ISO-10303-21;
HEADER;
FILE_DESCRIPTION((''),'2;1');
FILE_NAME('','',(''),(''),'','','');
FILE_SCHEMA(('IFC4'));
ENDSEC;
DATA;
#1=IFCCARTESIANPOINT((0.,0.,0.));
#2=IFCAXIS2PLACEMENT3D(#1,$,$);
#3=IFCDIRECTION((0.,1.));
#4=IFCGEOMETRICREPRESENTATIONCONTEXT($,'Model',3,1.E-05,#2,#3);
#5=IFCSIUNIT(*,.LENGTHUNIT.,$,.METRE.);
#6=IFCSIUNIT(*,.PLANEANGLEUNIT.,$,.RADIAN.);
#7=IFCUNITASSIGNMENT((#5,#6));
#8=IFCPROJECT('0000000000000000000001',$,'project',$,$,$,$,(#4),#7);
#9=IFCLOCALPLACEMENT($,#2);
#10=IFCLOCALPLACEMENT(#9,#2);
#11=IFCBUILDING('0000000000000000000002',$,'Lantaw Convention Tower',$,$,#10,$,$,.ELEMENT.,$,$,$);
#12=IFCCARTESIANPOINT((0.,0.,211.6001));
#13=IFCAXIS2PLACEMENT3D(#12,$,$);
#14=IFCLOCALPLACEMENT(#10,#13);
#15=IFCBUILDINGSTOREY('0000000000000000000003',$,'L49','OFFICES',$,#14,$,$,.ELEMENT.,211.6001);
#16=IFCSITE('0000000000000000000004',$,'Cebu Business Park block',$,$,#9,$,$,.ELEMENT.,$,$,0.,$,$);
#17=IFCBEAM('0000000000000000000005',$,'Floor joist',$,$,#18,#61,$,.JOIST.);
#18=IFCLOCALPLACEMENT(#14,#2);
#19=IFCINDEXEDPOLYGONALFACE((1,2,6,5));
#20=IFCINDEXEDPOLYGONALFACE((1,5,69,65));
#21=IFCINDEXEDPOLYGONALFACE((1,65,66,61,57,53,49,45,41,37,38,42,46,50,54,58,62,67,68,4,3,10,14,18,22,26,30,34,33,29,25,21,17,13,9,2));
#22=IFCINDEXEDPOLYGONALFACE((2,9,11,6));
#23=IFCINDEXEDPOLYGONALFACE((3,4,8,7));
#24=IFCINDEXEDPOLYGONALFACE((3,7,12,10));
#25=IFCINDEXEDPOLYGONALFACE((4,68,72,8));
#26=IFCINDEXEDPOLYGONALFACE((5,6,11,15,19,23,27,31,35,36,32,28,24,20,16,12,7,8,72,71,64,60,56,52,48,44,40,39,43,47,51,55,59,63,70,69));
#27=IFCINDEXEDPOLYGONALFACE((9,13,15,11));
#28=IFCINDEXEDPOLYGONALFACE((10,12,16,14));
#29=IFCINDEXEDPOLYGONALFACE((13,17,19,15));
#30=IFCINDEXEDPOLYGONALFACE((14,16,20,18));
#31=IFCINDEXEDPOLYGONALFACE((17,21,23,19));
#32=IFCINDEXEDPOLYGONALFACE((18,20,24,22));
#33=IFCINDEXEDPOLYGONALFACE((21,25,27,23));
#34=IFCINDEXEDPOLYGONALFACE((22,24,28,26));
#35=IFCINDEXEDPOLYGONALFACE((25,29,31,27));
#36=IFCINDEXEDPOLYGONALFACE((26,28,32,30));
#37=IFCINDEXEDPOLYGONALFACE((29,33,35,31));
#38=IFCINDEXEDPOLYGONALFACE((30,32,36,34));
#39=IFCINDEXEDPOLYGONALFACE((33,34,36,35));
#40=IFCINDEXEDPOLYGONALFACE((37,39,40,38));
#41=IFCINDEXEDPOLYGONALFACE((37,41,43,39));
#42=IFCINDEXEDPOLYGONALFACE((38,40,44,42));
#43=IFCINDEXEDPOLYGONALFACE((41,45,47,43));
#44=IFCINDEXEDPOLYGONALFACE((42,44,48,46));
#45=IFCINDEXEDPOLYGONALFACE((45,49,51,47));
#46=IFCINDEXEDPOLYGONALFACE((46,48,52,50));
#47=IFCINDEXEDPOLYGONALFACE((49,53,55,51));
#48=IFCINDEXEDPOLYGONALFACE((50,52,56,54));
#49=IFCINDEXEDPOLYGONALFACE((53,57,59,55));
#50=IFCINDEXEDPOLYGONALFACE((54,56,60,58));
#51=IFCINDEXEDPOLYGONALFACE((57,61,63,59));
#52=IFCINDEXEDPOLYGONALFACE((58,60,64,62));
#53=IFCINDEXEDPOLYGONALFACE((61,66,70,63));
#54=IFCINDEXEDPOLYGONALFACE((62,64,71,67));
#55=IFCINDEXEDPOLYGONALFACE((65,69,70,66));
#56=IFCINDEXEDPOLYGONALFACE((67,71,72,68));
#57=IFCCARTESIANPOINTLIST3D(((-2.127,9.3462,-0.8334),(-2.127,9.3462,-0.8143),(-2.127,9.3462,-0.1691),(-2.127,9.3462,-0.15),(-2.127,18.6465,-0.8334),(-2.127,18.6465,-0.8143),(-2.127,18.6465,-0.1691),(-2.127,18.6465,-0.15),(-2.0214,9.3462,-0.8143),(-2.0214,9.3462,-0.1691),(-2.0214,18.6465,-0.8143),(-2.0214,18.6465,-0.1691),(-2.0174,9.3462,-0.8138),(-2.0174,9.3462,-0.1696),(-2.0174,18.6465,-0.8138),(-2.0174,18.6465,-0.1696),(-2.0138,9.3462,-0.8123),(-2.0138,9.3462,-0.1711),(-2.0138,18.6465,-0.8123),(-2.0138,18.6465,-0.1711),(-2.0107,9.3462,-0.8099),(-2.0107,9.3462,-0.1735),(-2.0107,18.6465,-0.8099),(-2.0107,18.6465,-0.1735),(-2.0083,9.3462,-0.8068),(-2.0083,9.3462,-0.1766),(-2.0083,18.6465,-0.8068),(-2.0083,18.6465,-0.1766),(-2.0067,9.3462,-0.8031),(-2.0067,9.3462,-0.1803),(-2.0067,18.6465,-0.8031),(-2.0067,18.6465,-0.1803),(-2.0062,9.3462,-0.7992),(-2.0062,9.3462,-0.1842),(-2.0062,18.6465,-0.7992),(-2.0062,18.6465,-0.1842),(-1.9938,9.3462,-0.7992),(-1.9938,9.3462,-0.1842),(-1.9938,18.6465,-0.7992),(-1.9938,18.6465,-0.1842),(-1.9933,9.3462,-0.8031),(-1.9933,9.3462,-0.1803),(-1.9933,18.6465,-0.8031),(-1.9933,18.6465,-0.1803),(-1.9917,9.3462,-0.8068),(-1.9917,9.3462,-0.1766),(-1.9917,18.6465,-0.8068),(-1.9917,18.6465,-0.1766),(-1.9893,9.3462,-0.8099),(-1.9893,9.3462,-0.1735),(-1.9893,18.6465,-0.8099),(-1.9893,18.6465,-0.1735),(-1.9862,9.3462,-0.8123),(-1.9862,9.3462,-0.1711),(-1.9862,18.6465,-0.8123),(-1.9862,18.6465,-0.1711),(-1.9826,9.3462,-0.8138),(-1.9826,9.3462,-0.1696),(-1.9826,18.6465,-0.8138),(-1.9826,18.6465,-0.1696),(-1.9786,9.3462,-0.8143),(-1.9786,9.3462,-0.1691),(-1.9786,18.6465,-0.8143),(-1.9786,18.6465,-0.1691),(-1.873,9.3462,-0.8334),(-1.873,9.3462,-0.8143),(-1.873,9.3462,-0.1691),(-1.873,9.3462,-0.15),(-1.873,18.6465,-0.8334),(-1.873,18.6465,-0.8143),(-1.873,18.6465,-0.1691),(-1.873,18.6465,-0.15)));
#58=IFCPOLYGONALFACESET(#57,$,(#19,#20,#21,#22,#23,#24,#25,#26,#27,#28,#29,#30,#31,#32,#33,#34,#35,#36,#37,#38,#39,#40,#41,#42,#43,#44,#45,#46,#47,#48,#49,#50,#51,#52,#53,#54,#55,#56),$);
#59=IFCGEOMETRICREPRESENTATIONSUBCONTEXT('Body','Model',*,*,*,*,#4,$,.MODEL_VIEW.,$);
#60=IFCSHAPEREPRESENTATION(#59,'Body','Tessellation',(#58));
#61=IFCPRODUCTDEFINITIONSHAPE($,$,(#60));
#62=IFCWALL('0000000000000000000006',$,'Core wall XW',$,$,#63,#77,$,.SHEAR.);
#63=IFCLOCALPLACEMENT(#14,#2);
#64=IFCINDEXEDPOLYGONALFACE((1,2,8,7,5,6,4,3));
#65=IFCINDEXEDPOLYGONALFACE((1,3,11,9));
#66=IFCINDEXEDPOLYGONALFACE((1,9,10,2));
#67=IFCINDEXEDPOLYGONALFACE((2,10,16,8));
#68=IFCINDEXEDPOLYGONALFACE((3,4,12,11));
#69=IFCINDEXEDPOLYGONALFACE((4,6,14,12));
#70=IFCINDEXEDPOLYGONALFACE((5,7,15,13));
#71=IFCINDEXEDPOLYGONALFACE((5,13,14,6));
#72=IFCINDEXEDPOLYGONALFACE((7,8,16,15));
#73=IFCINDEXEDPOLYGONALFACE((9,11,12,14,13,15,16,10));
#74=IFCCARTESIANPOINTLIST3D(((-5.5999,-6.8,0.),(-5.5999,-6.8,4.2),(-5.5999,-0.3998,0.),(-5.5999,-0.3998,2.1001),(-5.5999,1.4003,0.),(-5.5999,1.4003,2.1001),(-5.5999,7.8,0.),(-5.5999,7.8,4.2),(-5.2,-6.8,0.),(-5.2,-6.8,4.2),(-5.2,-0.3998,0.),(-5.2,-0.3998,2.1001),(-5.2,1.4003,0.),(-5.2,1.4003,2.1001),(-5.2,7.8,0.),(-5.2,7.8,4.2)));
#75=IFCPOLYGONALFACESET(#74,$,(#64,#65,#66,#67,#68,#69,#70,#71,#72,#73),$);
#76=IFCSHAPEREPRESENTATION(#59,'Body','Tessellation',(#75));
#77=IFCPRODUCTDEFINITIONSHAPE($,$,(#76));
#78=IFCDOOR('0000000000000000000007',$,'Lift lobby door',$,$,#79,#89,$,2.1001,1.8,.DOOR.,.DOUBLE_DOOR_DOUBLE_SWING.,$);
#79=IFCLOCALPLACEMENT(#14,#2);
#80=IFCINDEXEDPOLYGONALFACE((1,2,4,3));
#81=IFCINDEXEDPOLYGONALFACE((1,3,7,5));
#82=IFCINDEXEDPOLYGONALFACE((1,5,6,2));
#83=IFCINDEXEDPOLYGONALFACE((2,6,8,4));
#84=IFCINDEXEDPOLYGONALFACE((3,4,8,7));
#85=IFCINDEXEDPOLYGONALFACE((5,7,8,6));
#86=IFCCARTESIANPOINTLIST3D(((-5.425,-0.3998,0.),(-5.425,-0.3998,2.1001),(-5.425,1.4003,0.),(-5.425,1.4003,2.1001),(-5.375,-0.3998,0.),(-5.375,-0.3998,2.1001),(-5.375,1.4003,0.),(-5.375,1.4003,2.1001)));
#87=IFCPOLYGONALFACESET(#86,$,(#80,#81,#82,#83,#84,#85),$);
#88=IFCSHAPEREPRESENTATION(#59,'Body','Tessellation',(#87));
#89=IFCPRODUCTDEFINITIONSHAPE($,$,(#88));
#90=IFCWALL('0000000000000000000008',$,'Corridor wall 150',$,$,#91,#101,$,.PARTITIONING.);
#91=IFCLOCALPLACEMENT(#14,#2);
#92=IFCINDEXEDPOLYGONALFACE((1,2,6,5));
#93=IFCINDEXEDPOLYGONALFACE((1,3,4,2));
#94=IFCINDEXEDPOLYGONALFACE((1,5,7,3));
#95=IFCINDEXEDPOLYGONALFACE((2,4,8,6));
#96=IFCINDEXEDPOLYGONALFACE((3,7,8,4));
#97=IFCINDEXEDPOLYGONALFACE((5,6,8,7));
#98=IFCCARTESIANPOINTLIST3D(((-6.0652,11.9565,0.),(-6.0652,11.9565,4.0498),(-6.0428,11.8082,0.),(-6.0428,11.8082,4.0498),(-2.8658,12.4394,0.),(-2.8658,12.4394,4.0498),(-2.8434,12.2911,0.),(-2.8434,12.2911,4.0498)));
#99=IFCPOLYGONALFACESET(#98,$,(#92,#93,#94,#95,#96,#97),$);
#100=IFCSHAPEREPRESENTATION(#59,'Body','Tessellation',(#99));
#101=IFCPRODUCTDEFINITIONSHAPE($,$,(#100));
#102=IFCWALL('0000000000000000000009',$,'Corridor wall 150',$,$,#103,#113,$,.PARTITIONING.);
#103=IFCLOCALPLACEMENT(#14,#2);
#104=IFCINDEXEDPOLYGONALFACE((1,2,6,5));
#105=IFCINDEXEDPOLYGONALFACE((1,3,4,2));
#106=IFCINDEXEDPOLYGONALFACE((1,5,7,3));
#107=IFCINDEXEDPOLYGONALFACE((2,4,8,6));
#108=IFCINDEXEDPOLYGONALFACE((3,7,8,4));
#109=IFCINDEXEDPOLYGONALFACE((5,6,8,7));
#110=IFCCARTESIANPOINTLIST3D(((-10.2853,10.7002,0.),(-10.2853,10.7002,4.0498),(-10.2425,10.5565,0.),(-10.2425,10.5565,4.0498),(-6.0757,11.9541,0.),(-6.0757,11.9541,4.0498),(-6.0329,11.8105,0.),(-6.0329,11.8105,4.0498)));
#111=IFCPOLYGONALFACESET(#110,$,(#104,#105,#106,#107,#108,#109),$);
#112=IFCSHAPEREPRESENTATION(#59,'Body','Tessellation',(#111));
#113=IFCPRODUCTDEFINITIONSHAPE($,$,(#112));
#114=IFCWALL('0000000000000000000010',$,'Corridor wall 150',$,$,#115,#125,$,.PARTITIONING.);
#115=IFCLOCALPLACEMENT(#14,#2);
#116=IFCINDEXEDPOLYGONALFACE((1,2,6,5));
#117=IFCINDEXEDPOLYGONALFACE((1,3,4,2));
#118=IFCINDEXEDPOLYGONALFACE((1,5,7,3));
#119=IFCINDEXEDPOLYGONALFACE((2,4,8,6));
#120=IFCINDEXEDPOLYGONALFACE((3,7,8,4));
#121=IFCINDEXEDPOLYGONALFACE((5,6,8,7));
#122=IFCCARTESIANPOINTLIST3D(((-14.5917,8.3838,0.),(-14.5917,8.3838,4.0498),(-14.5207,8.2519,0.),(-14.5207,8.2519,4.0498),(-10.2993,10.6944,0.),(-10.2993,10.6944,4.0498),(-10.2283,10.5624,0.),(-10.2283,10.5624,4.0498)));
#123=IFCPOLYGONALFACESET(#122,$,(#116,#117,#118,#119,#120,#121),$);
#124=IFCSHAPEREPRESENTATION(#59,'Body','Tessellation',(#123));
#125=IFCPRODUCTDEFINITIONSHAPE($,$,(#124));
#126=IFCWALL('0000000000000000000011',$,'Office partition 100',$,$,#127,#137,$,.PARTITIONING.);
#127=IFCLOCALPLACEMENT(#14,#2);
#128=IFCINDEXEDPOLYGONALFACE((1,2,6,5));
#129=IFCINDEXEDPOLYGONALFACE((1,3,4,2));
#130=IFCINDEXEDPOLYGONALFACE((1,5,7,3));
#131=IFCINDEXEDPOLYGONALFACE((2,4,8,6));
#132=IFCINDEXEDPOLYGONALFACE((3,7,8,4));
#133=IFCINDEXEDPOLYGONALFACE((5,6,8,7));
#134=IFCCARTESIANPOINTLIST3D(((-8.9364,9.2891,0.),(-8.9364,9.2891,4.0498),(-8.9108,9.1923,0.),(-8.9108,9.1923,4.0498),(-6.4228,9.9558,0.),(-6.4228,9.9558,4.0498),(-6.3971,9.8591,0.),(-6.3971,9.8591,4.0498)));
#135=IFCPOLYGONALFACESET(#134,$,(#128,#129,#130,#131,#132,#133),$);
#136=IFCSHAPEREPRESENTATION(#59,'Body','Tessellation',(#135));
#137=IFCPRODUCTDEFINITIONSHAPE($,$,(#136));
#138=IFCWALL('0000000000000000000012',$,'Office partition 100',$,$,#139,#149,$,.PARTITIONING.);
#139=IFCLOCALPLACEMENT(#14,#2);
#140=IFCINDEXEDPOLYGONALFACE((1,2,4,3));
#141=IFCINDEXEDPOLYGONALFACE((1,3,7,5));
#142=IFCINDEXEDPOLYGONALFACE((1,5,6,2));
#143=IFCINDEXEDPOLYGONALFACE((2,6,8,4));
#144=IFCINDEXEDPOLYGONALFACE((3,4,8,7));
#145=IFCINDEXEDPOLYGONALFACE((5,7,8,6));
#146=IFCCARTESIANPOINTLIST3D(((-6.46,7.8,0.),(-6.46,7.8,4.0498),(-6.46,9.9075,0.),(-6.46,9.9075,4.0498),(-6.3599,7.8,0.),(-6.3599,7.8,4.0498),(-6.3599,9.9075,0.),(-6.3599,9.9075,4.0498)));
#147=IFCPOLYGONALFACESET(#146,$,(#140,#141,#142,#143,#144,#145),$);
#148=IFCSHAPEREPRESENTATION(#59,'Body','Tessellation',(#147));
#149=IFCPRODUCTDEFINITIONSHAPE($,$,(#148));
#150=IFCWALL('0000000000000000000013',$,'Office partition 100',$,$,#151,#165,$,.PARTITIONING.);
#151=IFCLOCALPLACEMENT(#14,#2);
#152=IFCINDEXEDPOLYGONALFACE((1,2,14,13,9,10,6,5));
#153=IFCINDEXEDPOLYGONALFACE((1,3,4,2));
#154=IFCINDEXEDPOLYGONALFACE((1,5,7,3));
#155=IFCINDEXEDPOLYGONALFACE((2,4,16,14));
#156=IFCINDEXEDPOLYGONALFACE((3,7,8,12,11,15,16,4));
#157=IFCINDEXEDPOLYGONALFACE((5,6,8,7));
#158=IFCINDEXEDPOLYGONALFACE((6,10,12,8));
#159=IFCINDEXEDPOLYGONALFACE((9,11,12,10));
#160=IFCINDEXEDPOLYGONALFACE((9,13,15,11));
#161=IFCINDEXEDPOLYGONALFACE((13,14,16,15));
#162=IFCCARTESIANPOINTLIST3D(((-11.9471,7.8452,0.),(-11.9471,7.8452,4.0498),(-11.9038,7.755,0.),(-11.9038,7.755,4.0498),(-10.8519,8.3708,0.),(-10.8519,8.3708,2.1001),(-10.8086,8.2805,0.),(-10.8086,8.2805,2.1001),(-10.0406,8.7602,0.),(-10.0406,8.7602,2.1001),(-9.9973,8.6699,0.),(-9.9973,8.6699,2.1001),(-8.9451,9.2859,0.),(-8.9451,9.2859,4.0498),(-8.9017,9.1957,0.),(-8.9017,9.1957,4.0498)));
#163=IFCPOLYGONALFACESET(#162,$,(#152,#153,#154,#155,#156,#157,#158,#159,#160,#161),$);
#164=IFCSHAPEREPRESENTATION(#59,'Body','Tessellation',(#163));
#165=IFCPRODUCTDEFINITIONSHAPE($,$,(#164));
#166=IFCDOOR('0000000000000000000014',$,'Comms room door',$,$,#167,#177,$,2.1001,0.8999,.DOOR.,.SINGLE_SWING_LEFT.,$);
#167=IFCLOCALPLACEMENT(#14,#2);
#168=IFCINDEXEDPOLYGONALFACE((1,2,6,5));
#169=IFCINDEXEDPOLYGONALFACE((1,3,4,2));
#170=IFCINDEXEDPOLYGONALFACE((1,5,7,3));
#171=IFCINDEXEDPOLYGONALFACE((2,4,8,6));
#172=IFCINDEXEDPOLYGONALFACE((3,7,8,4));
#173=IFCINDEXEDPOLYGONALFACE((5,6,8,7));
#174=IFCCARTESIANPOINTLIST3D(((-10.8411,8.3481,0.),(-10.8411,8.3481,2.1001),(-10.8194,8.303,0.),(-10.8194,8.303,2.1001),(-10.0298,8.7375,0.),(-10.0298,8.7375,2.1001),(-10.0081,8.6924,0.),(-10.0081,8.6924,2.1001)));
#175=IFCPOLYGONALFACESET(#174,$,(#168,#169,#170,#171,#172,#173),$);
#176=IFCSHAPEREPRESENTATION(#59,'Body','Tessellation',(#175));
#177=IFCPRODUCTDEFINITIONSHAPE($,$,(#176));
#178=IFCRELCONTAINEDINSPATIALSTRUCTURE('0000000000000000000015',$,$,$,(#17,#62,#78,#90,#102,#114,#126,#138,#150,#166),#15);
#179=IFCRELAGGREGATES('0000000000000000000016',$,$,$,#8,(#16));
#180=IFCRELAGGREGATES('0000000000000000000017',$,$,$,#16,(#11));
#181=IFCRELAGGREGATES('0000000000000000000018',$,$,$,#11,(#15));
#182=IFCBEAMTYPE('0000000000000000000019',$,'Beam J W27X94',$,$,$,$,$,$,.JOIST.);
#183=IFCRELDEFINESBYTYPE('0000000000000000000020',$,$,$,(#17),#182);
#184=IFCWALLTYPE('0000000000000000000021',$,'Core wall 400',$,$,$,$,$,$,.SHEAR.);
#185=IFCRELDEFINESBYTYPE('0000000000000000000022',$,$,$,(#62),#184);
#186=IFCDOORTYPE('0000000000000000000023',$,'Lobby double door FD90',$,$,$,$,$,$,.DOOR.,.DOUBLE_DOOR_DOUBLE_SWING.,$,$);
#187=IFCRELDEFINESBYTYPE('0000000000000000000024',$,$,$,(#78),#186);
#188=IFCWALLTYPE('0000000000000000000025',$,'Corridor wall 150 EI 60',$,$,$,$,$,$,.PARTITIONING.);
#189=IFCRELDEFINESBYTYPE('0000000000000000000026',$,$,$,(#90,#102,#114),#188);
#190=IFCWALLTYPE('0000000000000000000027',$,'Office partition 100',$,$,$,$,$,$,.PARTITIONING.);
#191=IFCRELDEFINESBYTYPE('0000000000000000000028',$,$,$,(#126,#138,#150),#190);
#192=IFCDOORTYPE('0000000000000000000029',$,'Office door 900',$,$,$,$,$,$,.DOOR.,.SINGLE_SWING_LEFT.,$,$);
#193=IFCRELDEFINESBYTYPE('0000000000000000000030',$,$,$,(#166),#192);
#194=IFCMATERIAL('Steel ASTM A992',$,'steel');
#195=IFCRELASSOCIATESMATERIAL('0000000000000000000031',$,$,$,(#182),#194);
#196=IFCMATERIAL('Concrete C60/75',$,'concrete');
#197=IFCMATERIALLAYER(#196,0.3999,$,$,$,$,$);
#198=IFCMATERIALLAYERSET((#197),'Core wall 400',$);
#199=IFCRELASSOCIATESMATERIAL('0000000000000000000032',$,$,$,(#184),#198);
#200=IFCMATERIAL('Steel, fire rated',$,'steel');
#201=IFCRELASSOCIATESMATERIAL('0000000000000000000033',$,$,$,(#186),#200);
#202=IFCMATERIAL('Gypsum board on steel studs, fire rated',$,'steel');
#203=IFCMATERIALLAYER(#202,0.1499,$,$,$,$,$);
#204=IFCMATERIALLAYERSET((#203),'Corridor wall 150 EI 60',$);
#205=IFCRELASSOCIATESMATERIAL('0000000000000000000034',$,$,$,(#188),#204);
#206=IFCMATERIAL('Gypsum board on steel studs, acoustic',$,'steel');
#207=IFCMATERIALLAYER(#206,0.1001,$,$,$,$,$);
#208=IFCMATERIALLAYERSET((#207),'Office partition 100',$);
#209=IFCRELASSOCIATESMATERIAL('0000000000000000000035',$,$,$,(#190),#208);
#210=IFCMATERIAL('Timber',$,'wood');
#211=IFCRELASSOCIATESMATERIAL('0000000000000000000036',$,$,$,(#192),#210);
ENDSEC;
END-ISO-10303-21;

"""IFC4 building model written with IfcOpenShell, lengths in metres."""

from ifc_helpers import new_model, si_unit, direction, frame, frame_2d, origin, origin_2d, place, context, subcontext, project, spatial, rectangle, i_section, extrude, material, layer, layer_set, material_profile, profile_set, type_object, element, fill, save


model = new_model("IFC4")

# Units and contexts
model_context = context("Model", 3, precision=1e-05, world=origin(), true_north=direction((0.0, 1.0)))
body_context = subcontext(model_context, "Body", "Model", "MODEL_VIEW")
ifc_project = project(units=[si_unit("LENGTHUNIT", "METRE"), si_unit("PLANEANGLEUNIT", "RADIAN")], contexts=[model_context])

# Site, building, storey
site_placement = place(None, origin())
site = spatial("IfcSite", under=ifc_project, at=site_placement, Name="Cebu Business Park block", CompositionType="ELEMENT", RefElevation=0.0)
building_placement = place(site_placement, origin())
building = spatial("IfcBuilding", under=site, at=building_placement, Name="Lantaw Convention Tower", CompositionType="ELEMENT")
storey_placement = place(building_placement, frame((0.0, 0.0, 211.6001)))
storey = spatial("IfcBuildingStorey", under=building, at=storey_placement, Name="L49", Description="OFFICES", CompositionType="ELEMENT", Elevation=211.6001)

# Shared definitions
ifc_material_1 = material(Name="Concrete C60/75", Category="concrete")

# Beam
ifc_material_2 = material(Name="Steel ASTM A992", Category="steel")
ifc_material_profile_1 = material_profile(ifc_material_2, i_section(OverallWidth=0.2539, OverallDepth=0.6833, WebThickness=0.0125, FlangeThickness=0.019, FilletRadius=0.0151, at=origin_2d()), Name="W27X94")
ifc_profile_set_1 = profile_set([ifc_material_profile_1], Name="Steel ASTM A992")
beam_type_1 = type_object("IfcBeamType", Name="Beam J W27X94", PredefinedType="JOIST", material=ifc_profile_set_1)
beam_1_placement = place(storey_placement, frame((-2.0, 9.3462, -0.4917), z_axis=(0.0, 1.0, 0.0), x_axis=(-1.0, 0.0, 0.0)))
element("IfcBeam", 1, at=beam_1_placement, inside=storey, type_object=beam_type_1, Name="Floor joist", PredefinedType="JOIST", context=body_context, shape_type="SweptSolid", body=[
    extrude(i_section(OverallWidth=0.2539, OverallDepth=0.6833, WebThickness=0.0125, FlangeThickness=0.019, FilletRadius=0.0151, at=origin_2d()), origin(), (0.0, 0.0, 1.0), 9.3003),
])

# Wall, opening, door
ifc_layer_1 = layer(ifc_material_1, 0.3999)
ifc_layer_set_1 = layer_set([ifc_layer_1], Name="Core wall 400")
wall_type_1 = type_object("IfcWallType", Name="Core wall 400", PredefinedType="SHEAR", material=ifc_layer_set_1)
wall_1_placement = place(storey_placement, frame((-5.3999, 7.8, 0.0), z_axis=(0.0, 0.0, 1.0), x_axis=(0.0, -1.0, 0.0)))
wall_1 = element("IfcWall", 2, at=wall_1_placement, inside=storey, type_object=wall_type_1, Name="Core wall XW", PredefinedType="SHEAR", context=body_context, shape_type="SweptSolid", body=[
    extrude(rectangle(XDim=14.6001, YDim=0.3999, at=frame_2d((7.3, 0.0))), origin(), (0.0, 0.0, 1.0), 4.2),
])
opening_1_placement = place(wall_1_placement, frame((6.3999, 0.0, 0.0)))
opening_1 = element("IfcOpeningElement", 3, at=opening_1_placement, cuts=wall_1, PredefinedType="OPENING", context=body_context, shape_type="SweptSolid", body=[
    extrude(rectangle(XDim=1.8, YDim=2.1001, at=frame_2d((0.8999, 1.05))), frame((0.0, 0.21, 0.0), z_axis=(0.0, -1.0, 0.0), x_axis=(1.0, 0.0, 0.0)), (0.0, 0.0, 1.0), 0.4199),
])
ifc_material_3 = material(Name="Steel, fire rated", Category="steel")
door_type_1 = type_object("IfcDoorType", Name="Lobby double door FD90", OperationType="DOUBLE_DOOR_DOUBLE_SWING", PredefinedType="DOOR", material=ifc_material_3)
door_1_placement = place(opening_1_placement, origin())
door_1 = element("IfcDoor", 4, at=door_1_placement, inside=storey, type_object=door_type_1, Name="Lift lobby door", OperationType="DOUBLE_DOOR_DOUBLE_SWING", OverallHeight=2.1001, OverallWidth=1.8, PredefinedType="DOOR", context=body_context, shape_type="SweptSolid", body=[
    extrude(rectangle(XDim=1.8, YDim=2.1001, at=frame_2d((0.8999, 1.05))), frame((0.0, 0.0249, 0.0), z_axis=(0.0, -1.0, 0.0), x_axis=(1.0, 0.0, 0.0)), (0.0, 0.0, 1.0), 0.05),
])
fill(opening_1, door_1)

# Walls
ifc_material_4 = material(Name="Gypsum board on steel studs, fire rated", Category="steel")
ifc_layer_2 = layer(ifc_material_4, 0.1499)
ifc_layer_set_2 = layer_set([ifc_layer_2], Name="Corridor wall 150 EI 60")
wall_type_2 = type_object("IfcWallType", Name="Corridor wall 150 EI 60", PredefinedType="PARTITIONING", material=ifc_layer_set_2)
wall_2_placement = place(storey_placement, frame((-2.8547, 12.3652, 0.0), z_axis=(0.0, 0.0, 1.0), x_axis=(-0.9888, -0.149244, 0.0)))
element("IfcWall", 5, at=wall_2_placement, inside=storey, type_object=wall_type_2, Name="Corridor wall 150", PredefinedType="PARTITIONING", context=body_context, shape_type="SweptSolid", body=[
    extrude(rectangle(XDim=3.2356, YDim=0.1499, at=frame_2d((1.6177, 0.0))), origin(), (0.0, 0.0, 1.0), 4.0498),
])
wall_3_placement = place(storey_placement, frame((-6.0542, 11.8823, 0.0), z_axis=(0.0, 0.0, 1.0), x_axis=(-0.958384, -0.285481, 0.0)))
element("IfcWall", 6, at=wall_3_placement, inside=storey, type_object=wall_type_2, Name="Corridor wall 150", PredefinedType="PARTITIONING", context=body_context, shape_type="SweptSolid", body=[
    extrude(rectangle(XDim=4.3923, YDim=0.1499, at=frame_2d((2.1963, 0.0))), origin(), (0.0, 0.0, 1.0), 4.0498),
])
wall_4_placement = place(storey_placement, frame((-10.2637, 10.6284, 0.0), z_axis=(0.0, 0.0, 1.0), x_axis=(-0.880539, -0.473974, 0.0)))
element("IfcWall", 7, at=wall_4_placement, inside=storey, type_object=wall_type_2, Name="Corridor wall 150", PredefinedType="PARTITIONING", context=body_context, shape_type="SweptSolid", body=[
    extrude(rectangle(XDim=4.8748, YDim=0.1499, at=frame_2d((2.4375, 0.0))), origin(), (0.0, 0.0, 1.0), 4.0498),
])
ifc_material_5 = material(Name="Gypsum board on steel studs, acoustic", Category="steel")
ifc_layer_3 = layer(ifc_material_5, 0.1001)
ifc_layer_set_3 = layer_set([ifc_layer_3], Name="Office partition 100")
wall_type_3 = type_object("IfcWallType", Name="Office partition 100", PredefinedType="PARTITIONING", material=ifc_layer_set_3)
wall_5_placement = place(storey_placement, frame((-8.9236, 9.2407, 0.0), z_axis=(0.0, 0.0, 1.0), x_axis=(0.966575, 0.256383, 0.0)))
element("IfcWall", 8, at=wall_5_placement, inside=storey, type_object=wall_type_3, Name="Office partition 100", PredefinedType="PARTITIONING", context=body_context, shape_type="SweptSolid", body=[
    extrude(rectangle(XDim=2.6006, YDim=0.1001, at=frame_2d((1.3003, 0.0))), origin(), (0.0, 0.0, 1.0), 4.0498),
])
wall_6_placement = place(storey_placement, frame((-6.4099, 9.9075, 0.0), z_axis=(0.0, 0.0, 1.0), x_axis=(0.0, -1.0, 0.0)))
element("IfcWall", 9, at=wall_6_placement, inside=storey, type_object=wall_type_3, Name="Office partition 100", PredefinedType="PARTITIONING", context=body_context, shape_type="SweptSolid", body=[
    extrude(rectangle(XDim=2.1074, YDim=0.1001, at=frame_2d((1.0537, 0.0))), origin(), (0.0, 0.0, 1.0), 4.0498),
])

# Wall, opening, door
wall_7_placement = place(storey_placement, frame((-11.9255, 7.8, 0.0), z_axis=(0.0, 0.0, 1.0), x_axis=(0.901554, 0.432667, 0.0)))
wall_7 = element("IfcWall", 10, at=wall_7_placement, inside=storey, type_object=wall_type_3, Name="Office partition 100", PredefinedType="PARTITIONING", context=body_context, shape_type="SweptSolid", body=[
    extrude(rectangle(XDim=3.3298, YDim=0.1001, at=frame_2d((1.665, 0.0))), origin(), (0.0, 0.0, 1.0), 4.0498),
])
opening_2_placement = place(wall_7_placement, frame((1.2148, 0.0, 0.0)))
opening_2 = element("IfcOpeningElement", 11, at=opening_2_placement, cuts=wall_7, PredefinedType="OPENING", context=body_context, shape_type="SweptSolid", body=[
    extrude(rectangle(XDim=0.8999, YDim=2.1001, at=frame_2d((0.45, 1.05))), frame((0.0, 0.0601, 0.0), z_axis=(0.0, -1.0, 0.0), x_axis=(1.0, 0.0, 0.0)), (0.0, 0.0, 1.0), 0.1201),
])
ifc_material_6 = material(Name="Timber", Category="wood")
door_type_2 = type_object("IfcDoorType", Name="Office door 900", OperationType="SINGLE_SWING_LEFT", PredefinedType="DOOR", material=ifc_material_6)
door_2_placement = place(opening_2_placement, origin())
door_2 = element("IfcDoor", 12, at=door_2_placement, inside=storey, type_object=door_type_2, Name="Comms room door", OperationType="SINGLE_SWING_LEFT", OverallHeight=2.1001, OverallWidth=0.8999, PredefinedType="DOOR", context=body_context, shape_type="SweptSolid", body=[
    extrude(rectangle(XDim=0.8999, YDim=2.1001, at=frame_2d((0.45, 1.05))), frame((0.0, 0.0249, 0.0), z_axis=(0.0, -1.0, 0.0), x_axis=(1.0, 0.0, 0.0)), (0.0, 0.0, 1.0), 0.05),
])
fill(opening_2, door_2)

save(model, "model.ifc")
